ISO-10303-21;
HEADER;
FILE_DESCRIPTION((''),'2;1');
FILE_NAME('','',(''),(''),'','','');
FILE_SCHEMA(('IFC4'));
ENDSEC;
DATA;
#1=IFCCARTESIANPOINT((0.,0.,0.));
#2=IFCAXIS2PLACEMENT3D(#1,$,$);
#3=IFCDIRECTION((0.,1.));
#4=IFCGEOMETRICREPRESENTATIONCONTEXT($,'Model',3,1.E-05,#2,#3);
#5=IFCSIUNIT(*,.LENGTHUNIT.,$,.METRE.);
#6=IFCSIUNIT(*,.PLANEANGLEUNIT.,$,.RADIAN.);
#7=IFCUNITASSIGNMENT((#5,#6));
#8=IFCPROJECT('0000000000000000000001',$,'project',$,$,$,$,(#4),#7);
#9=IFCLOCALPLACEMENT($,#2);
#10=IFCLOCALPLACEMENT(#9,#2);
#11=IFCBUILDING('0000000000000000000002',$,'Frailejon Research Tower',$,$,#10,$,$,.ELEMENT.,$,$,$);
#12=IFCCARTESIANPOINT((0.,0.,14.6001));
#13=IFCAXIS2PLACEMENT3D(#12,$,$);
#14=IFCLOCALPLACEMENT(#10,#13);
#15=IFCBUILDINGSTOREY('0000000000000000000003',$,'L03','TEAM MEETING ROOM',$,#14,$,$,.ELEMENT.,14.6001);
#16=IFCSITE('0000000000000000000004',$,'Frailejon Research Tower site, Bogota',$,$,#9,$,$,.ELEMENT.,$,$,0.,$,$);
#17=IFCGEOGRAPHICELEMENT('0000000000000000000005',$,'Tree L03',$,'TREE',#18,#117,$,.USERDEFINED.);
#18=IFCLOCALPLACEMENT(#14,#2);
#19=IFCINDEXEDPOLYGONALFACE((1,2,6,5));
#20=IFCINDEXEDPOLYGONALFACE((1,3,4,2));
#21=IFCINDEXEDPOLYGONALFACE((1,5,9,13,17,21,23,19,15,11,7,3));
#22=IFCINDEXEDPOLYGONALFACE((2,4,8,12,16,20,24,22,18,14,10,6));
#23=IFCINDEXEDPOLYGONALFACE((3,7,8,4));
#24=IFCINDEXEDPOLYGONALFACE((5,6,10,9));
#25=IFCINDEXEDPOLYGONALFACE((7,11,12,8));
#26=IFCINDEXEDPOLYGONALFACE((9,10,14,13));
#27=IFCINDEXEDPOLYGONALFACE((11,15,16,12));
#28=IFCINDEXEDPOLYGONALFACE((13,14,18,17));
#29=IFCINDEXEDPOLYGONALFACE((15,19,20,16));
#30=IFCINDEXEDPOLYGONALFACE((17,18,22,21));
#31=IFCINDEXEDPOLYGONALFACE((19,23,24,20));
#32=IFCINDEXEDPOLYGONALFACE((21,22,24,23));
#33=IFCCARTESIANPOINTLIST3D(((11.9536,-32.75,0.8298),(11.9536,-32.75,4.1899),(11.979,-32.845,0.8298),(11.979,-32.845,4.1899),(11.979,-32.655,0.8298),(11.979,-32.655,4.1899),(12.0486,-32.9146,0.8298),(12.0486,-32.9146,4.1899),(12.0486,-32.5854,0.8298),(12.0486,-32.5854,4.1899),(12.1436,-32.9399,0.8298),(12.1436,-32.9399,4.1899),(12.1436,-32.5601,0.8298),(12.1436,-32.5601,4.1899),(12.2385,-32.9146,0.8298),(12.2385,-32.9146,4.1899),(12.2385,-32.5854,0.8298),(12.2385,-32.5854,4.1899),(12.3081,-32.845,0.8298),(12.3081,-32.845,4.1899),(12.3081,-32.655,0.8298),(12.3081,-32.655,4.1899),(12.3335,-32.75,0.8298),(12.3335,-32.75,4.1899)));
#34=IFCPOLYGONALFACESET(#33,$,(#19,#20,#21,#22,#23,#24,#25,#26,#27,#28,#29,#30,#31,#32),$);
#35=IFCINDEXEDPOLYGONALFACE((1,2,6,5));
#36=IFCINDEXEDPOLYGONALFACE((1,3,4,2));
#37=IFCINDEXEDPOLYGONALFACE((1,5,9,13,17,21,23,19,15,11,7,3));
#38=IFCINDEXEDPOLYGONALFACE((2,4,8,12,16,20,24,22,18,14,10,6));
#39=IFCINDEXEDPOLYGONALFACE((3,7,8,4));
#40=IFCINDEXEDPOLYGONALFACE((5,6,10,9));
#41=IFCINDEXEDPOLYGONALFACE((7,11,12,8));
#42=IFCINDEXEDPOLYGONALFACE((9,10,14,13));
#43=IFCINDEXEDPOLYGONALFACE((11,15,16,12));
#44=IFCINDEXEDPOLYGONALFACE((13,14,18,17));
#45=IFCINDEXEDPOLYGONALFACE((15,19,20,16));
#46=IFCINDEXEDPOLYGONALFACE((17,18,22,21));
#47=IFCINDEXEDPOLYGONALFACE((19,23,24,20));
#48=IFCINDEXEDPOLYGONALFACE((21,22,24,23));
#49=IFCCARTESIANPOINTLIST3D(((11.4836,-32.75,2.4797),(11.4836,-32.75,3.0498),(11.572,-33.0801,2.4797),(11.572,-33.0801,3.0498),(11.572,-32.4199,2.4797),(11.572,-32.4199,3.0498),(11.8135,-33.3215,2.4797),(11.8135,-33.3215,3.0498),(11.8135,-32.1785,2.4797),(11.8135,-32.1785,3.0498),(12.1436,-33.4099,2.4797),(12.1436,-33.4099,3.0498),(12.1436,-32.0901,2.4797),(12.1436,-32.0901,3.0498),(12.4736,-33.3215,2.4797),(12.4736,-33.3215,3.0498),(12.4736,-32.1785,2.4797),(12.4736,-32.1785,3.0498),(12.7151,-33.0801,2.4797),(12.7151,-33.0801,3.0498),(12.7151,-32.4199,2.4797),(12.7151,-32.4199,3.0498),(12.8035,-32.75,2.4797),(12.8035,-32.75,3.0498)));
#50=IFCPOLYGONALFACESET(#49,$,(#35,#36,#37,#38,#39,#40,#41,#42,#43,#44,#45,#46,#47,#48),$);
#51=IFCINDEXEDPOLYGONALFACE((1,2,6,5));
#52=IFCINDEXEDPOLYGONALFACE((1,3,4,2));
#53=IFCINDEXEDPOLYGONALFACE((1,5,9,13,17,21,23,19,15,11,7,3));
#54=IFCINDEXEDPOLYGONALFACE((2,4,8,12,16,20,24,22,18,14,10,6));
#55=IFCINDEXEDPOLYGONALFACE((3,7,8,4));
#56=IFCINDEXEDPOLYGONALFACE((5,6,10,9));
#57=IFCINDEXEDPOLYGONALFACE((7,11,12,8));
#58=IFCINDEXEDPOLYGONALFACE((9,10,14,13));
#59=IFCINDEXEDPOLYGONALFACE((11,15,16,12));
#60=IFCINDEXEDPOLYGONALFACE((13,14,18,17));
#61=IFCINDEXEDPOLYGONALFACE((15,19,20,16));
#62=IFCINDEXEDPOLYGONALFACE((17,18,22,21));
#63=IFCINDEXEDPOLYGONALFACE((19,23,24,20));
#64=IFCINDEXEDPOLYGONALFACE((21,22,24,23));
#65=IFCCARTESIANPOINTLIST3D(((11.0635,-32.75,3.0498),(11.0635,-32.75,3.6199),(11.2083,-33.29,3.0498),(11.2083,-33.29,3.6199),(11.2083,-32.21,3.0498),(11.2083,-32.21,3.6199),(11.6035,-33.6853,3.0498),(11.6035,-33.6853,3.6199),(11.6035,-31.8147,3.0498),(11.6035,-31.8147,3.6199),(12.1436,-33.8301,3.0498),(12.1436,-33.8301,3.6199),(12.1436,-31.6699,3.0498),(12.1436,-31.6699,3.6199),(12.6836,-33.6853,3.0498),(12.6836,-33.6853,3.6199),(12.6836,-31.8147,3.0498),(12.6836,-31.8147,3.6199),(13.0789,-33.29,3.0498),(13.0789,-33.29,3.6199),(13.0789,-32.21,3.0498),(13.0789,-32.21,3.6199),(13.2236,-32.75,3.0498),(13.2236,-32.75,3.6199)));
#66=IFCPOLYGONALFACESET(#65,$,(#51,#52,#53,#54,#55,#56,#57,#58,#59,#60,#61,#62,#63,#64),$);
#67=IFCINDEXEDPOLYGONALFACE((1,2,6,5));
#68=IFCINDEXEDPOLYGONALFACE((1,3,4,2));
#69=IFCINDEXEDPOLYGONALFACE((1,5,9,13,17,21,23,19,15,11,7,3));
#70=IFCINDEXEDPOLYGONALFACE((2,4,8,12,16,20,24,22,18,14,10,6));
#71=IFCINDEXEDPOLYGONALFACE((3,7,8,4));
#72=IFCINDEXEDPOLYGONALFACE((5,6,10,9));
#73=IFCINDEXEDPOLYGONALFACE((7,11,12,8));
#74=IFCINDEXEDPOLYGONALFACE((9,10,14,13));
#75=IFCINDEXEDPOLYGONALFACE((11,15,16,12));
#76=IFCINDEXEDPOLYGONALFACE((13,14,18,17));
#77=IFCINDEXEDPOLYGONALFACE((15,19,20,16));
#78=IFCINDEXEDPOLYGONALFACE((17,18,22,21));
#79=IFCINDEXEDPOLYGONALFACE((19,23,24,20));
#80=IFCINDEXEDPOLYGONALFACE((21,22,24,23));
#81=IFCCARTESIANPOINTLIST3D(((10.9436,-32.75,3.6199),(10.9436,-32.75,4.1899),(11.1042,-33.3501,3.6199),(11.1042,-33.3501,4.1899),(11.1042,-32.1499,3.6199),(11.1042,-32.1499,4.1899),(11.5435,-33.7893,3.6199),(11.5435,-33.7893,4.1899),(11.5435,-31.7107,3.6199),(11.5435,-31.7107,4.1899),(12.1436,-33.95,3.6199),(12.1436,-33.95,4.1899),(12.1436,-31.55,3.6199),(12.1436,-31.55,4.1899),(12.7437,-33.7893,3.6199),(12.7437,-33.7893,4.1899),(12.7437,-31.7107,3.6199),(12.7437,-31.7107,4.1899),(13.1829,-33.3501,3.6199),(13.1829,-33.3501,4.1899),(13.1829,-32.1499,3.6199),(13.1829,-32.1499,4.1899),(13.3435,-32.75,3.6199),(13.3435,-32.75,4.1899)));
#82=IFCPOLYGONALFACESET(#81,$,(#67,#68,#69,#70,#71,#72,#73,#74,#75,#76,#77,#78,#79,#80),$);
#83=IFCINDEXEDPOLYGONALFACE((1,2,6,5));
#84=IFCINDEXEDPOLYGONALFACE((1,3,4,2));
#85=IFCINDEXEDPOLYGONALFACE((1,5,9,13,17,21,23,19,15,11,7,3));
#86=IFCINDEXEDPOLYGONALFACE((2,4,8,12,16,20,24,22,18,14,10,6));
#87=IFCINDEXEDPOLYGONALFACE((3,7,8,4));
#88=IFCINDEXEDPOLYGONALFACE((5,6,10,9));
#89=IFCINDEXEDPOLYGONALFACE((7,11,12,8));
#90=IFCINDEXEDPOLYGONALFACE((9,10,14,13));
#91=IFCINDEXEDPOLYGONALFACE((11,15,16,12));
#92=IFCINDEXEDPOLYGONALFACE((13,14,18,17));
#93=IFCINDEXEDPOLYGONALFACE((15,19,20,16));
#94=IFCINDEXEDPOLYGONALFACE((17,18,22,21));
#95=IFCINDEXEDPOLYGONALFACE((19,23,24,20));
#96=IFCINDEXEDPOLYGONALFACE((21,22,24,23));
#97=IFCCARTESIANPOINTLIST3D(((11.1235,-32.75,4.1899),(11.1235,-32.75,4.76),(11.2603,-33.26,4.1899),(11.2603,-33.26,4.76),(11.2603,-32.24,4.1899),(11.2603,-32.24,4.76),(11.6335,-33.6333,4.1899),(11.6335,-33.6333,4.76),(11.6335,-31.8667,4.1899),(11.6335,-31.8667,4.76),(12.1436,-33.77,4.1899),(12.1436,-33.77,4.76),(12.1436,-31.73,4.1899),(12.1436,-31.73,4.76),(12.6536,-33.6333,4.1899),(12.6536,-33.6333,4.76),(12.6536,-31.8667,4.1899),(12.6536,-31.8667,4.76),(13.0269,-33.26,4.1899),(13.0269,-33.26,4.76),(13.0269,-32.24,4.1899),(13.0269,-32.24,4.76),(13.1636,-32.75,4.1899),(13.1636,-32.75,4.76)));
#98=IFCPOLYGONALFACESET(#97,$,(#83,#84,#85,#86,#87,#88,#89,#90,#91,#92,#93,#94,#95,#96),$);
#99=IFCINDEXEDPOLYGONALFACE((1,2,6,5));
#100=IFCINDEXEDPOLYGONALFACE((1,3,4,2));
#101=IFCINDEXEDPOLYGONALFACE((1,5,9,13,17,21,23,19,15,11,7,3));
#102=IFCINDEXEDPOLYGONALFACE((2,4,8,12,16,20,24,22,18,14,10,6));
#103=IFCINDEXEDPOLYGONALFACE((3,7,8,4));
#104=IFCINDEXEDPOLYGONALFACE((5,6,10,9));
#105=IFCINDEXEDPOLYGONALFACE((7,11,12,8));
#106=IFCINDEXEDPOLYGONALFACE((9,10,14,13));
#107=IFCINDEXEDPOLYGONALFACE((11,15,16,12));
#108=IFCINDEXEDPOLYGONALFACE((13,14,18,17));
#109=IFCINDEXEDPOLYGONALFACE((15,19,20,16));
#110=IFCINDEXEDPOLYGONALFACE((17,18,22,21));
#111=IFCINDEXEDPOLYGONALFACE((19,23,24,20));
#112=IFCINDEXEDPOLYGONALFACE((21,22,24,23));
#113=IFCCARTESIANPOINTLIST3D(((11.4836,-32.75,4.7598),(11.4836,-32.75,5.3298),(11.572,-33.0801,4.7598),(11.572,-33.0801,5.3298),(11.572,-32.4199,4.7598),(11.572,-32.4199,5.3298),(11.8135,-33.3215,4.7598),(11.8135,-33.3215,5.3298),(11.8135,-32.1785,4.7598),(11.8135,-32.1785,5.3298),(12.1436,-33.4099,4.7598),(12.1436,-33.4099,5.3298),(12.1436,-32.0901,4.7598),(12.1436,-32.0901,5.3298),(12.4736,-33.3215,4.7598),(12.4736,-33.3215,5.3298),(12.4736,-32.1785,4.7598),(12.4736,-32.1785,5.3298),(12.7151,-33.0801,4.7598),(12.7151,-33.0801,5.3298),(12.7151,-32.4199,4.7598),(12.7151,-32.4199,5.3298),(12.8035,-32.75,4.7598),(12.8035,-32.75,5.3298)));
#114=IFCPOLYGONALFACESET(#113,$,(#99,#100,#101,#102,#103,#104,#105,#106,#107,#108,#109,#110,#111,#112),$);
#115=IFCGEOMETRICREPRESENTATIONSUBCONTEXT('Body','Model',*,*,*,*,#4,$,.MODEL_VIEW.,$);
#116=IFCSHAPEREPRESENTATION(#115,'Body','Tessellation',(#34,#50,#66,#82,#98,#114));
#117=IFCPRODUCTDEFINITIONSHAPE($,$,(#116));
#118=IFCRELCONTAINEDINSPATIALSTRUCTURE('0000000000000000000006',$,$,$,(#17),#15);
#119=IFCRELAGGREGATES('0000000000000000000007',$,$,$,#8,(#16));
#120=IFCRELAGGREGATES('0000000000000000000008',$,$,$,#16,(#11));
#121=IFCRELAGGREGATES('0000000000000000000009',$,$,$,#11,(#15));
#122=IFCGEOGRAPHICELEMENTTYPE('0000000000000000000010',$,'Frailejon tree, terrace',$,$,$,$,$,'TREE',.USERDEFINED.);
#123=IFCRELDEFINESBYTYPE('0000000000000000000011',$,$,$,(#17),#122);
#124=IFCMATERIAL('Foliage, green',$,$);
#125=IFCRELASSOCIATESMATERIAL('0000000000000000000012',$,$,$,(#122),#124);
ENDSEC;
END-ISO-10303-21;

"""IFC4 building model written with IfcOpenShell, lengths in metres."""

from ifc_helpers import new_model, si_unit, direction, frame, origin, place, context, subcontext, project, spatial, polyline, outline, extrude, material, type_object, element, save


model = new_model("IFC4")

# Units and contexts
model_context = context("Model", 3, precision=1e-05, world=origin(), true_north=direction((0.0, 1.0)))
body_context = subcontext(model_context, "Body", "Model", "MODEL_VIEW")
ifc_project = project(units=[si_unit("LENGTHUNIT", "METRE"), si_unit("PLANEANGLEUNIT", "RADIAN")], contexts=[model_context])

# Site, building, storey
site_placement = place(None, origin())
site = spatial("IfcSite", under=ifc_project, at=site_placement, Name="Frailejon Research Tower site, Bogota", CompositionType="ELEMENT", RefElevation=0.0)
building_placement = place(site_placement, origin())
building = spatial("IfcBuilding", under=site, at=building_placement, Name="Frailejon Research Tower", CompositionType="ELEMENT")
storey_placement = place(building_placement, frame((0.0, 0.0, 14.6001)))
storey = spatial("IfcBuildingStorey", under=building, at=storey_placement, Name="L03", Description="TEAM MEETING ROOM", CompositionType="ELEMENT", Elevation=14.6001)

# Geographic element
ifc_material_1 = material(Name="Foliage, green")
geographic_element_type = type_object("IfcGeographicElementType", Name="Frailejon tree, terrace", ElementType="TREE", PredefinedType="USERDEFINED", material=ifc_material_1)
geographic_element_placement = place(storey_placement, frame((12.1436, -32.75, 0.8298)))
element("IfcGeographicElement", 1, at=geographic_element_placement, inside=storey, type_object=geographic_element_type, Name="Tree L03", ObjectType="TREE", PredefinedType="USERDEFINED", context=body_context, shape_type="SweptSolid", body=[
    extrude(outline(polyline([(0.1899, 0.0), (0.1646, 0.095), (0.095, 0.1646), (0.0, 0.1899), (-0.095, 0.1646), (-0.1646, 0.095), (-0.1899, 0.0), (-0.1646, -0.095), (-0.095, -0.1646), (0.0, -0.1899), (0.095, -0.1646), (0.1646, -0.095), (0.1899, 0.0)])), origin(), (0.0, 0.0, 1.0), 3.3601),
    extrude(outline(polyline([(0.6599, 0.0), (0.5715, 0.3301), (0.3301, 0.5715), (0.0, 0.6599), (-0.3301, 0.5715), (-0.5715, 0.3301), (-0.6599, 0.0), (-0.5715, -0.3301), (-0.3301, -0.5715), (0.0, -0.6599), (0.3301, -0.5715), (0.5715, -0.3301), (0.6599, 0.0)])), frame((0.0, 0.0, 1.6499)), (0.0, 0.0, 1.0), 0.5701),
    extrude(outline(polyline([(1.0801, 0.0), (0.9353, 0.54), (0.54, 0.9353), (0.0, 1.0801), (-0.54, 0.9353), (-0.9353, 0.54), (-1.0801, 0.0), (-0.9353, -0.54), (-0.54, -0.9353), (0.0, -1.0801), (0.54, -0.9353), (0.9353, -0.54), (1.0801, 0.0)])), frame((0.0, 0.0, 2.22)), (0.0, 0.0, 1.0), 0.5701),
    extrude(outline(polyline([(1.2, 0.0), (1.0393, 0.6001), (0.6001, 1.0393), (0.0, 1.2), (-0.6001, 1.0393), (-1.0393, 0.6001), (-1.2, 0.0), (-1.0393, -0.6001), (-0.6001, -1.0393), (0.0, -1.2), (0.6001, -1.0393), (1.0393, -0.6001), (1.2, 0.0)])), frame((0.0, 0.0, 2.79)), (0.0, 0.0, 1.0), 0.5701),
    extrude(outline(polyline([(1.02, 0.0), (0.8833, 0.51), (0.51, 0.8833), (0.0, 1.02), (-0.51, 0.8833), (-0.8833, 0.51), (-1.02, 0.0), (-0.8833, -0.51), (-0.51, -0.8833), (0.0, -1.02), (0.51, -0.8833), (0.8833, -0.51), (1.02, 0.0)])), frame((0.0, 0.0, 3.3601)), (0.0, 0.0, 1.0), 0.5701),
    extrude(outline(polyline([(0.6599, 0.0), (0.5715, 0.3301), (0.3301, 0.5715), (0.0, 0.6599), (-0.3301, 0.5715), (-0.5715, 0.3301), (-0.6599, 0.0), (-0.5715, -0.3301), (-0.3301, -0.5715), (0.0, -0.6599), (0.3301, -0.5715), (0.5715, -0.3301), (0.6599, 0.0)])), frame((0.0, 0.0, 3.9299)), (0.0, 0.0, 1.0), 0.5701),
])

save(model, "model.ifc")
